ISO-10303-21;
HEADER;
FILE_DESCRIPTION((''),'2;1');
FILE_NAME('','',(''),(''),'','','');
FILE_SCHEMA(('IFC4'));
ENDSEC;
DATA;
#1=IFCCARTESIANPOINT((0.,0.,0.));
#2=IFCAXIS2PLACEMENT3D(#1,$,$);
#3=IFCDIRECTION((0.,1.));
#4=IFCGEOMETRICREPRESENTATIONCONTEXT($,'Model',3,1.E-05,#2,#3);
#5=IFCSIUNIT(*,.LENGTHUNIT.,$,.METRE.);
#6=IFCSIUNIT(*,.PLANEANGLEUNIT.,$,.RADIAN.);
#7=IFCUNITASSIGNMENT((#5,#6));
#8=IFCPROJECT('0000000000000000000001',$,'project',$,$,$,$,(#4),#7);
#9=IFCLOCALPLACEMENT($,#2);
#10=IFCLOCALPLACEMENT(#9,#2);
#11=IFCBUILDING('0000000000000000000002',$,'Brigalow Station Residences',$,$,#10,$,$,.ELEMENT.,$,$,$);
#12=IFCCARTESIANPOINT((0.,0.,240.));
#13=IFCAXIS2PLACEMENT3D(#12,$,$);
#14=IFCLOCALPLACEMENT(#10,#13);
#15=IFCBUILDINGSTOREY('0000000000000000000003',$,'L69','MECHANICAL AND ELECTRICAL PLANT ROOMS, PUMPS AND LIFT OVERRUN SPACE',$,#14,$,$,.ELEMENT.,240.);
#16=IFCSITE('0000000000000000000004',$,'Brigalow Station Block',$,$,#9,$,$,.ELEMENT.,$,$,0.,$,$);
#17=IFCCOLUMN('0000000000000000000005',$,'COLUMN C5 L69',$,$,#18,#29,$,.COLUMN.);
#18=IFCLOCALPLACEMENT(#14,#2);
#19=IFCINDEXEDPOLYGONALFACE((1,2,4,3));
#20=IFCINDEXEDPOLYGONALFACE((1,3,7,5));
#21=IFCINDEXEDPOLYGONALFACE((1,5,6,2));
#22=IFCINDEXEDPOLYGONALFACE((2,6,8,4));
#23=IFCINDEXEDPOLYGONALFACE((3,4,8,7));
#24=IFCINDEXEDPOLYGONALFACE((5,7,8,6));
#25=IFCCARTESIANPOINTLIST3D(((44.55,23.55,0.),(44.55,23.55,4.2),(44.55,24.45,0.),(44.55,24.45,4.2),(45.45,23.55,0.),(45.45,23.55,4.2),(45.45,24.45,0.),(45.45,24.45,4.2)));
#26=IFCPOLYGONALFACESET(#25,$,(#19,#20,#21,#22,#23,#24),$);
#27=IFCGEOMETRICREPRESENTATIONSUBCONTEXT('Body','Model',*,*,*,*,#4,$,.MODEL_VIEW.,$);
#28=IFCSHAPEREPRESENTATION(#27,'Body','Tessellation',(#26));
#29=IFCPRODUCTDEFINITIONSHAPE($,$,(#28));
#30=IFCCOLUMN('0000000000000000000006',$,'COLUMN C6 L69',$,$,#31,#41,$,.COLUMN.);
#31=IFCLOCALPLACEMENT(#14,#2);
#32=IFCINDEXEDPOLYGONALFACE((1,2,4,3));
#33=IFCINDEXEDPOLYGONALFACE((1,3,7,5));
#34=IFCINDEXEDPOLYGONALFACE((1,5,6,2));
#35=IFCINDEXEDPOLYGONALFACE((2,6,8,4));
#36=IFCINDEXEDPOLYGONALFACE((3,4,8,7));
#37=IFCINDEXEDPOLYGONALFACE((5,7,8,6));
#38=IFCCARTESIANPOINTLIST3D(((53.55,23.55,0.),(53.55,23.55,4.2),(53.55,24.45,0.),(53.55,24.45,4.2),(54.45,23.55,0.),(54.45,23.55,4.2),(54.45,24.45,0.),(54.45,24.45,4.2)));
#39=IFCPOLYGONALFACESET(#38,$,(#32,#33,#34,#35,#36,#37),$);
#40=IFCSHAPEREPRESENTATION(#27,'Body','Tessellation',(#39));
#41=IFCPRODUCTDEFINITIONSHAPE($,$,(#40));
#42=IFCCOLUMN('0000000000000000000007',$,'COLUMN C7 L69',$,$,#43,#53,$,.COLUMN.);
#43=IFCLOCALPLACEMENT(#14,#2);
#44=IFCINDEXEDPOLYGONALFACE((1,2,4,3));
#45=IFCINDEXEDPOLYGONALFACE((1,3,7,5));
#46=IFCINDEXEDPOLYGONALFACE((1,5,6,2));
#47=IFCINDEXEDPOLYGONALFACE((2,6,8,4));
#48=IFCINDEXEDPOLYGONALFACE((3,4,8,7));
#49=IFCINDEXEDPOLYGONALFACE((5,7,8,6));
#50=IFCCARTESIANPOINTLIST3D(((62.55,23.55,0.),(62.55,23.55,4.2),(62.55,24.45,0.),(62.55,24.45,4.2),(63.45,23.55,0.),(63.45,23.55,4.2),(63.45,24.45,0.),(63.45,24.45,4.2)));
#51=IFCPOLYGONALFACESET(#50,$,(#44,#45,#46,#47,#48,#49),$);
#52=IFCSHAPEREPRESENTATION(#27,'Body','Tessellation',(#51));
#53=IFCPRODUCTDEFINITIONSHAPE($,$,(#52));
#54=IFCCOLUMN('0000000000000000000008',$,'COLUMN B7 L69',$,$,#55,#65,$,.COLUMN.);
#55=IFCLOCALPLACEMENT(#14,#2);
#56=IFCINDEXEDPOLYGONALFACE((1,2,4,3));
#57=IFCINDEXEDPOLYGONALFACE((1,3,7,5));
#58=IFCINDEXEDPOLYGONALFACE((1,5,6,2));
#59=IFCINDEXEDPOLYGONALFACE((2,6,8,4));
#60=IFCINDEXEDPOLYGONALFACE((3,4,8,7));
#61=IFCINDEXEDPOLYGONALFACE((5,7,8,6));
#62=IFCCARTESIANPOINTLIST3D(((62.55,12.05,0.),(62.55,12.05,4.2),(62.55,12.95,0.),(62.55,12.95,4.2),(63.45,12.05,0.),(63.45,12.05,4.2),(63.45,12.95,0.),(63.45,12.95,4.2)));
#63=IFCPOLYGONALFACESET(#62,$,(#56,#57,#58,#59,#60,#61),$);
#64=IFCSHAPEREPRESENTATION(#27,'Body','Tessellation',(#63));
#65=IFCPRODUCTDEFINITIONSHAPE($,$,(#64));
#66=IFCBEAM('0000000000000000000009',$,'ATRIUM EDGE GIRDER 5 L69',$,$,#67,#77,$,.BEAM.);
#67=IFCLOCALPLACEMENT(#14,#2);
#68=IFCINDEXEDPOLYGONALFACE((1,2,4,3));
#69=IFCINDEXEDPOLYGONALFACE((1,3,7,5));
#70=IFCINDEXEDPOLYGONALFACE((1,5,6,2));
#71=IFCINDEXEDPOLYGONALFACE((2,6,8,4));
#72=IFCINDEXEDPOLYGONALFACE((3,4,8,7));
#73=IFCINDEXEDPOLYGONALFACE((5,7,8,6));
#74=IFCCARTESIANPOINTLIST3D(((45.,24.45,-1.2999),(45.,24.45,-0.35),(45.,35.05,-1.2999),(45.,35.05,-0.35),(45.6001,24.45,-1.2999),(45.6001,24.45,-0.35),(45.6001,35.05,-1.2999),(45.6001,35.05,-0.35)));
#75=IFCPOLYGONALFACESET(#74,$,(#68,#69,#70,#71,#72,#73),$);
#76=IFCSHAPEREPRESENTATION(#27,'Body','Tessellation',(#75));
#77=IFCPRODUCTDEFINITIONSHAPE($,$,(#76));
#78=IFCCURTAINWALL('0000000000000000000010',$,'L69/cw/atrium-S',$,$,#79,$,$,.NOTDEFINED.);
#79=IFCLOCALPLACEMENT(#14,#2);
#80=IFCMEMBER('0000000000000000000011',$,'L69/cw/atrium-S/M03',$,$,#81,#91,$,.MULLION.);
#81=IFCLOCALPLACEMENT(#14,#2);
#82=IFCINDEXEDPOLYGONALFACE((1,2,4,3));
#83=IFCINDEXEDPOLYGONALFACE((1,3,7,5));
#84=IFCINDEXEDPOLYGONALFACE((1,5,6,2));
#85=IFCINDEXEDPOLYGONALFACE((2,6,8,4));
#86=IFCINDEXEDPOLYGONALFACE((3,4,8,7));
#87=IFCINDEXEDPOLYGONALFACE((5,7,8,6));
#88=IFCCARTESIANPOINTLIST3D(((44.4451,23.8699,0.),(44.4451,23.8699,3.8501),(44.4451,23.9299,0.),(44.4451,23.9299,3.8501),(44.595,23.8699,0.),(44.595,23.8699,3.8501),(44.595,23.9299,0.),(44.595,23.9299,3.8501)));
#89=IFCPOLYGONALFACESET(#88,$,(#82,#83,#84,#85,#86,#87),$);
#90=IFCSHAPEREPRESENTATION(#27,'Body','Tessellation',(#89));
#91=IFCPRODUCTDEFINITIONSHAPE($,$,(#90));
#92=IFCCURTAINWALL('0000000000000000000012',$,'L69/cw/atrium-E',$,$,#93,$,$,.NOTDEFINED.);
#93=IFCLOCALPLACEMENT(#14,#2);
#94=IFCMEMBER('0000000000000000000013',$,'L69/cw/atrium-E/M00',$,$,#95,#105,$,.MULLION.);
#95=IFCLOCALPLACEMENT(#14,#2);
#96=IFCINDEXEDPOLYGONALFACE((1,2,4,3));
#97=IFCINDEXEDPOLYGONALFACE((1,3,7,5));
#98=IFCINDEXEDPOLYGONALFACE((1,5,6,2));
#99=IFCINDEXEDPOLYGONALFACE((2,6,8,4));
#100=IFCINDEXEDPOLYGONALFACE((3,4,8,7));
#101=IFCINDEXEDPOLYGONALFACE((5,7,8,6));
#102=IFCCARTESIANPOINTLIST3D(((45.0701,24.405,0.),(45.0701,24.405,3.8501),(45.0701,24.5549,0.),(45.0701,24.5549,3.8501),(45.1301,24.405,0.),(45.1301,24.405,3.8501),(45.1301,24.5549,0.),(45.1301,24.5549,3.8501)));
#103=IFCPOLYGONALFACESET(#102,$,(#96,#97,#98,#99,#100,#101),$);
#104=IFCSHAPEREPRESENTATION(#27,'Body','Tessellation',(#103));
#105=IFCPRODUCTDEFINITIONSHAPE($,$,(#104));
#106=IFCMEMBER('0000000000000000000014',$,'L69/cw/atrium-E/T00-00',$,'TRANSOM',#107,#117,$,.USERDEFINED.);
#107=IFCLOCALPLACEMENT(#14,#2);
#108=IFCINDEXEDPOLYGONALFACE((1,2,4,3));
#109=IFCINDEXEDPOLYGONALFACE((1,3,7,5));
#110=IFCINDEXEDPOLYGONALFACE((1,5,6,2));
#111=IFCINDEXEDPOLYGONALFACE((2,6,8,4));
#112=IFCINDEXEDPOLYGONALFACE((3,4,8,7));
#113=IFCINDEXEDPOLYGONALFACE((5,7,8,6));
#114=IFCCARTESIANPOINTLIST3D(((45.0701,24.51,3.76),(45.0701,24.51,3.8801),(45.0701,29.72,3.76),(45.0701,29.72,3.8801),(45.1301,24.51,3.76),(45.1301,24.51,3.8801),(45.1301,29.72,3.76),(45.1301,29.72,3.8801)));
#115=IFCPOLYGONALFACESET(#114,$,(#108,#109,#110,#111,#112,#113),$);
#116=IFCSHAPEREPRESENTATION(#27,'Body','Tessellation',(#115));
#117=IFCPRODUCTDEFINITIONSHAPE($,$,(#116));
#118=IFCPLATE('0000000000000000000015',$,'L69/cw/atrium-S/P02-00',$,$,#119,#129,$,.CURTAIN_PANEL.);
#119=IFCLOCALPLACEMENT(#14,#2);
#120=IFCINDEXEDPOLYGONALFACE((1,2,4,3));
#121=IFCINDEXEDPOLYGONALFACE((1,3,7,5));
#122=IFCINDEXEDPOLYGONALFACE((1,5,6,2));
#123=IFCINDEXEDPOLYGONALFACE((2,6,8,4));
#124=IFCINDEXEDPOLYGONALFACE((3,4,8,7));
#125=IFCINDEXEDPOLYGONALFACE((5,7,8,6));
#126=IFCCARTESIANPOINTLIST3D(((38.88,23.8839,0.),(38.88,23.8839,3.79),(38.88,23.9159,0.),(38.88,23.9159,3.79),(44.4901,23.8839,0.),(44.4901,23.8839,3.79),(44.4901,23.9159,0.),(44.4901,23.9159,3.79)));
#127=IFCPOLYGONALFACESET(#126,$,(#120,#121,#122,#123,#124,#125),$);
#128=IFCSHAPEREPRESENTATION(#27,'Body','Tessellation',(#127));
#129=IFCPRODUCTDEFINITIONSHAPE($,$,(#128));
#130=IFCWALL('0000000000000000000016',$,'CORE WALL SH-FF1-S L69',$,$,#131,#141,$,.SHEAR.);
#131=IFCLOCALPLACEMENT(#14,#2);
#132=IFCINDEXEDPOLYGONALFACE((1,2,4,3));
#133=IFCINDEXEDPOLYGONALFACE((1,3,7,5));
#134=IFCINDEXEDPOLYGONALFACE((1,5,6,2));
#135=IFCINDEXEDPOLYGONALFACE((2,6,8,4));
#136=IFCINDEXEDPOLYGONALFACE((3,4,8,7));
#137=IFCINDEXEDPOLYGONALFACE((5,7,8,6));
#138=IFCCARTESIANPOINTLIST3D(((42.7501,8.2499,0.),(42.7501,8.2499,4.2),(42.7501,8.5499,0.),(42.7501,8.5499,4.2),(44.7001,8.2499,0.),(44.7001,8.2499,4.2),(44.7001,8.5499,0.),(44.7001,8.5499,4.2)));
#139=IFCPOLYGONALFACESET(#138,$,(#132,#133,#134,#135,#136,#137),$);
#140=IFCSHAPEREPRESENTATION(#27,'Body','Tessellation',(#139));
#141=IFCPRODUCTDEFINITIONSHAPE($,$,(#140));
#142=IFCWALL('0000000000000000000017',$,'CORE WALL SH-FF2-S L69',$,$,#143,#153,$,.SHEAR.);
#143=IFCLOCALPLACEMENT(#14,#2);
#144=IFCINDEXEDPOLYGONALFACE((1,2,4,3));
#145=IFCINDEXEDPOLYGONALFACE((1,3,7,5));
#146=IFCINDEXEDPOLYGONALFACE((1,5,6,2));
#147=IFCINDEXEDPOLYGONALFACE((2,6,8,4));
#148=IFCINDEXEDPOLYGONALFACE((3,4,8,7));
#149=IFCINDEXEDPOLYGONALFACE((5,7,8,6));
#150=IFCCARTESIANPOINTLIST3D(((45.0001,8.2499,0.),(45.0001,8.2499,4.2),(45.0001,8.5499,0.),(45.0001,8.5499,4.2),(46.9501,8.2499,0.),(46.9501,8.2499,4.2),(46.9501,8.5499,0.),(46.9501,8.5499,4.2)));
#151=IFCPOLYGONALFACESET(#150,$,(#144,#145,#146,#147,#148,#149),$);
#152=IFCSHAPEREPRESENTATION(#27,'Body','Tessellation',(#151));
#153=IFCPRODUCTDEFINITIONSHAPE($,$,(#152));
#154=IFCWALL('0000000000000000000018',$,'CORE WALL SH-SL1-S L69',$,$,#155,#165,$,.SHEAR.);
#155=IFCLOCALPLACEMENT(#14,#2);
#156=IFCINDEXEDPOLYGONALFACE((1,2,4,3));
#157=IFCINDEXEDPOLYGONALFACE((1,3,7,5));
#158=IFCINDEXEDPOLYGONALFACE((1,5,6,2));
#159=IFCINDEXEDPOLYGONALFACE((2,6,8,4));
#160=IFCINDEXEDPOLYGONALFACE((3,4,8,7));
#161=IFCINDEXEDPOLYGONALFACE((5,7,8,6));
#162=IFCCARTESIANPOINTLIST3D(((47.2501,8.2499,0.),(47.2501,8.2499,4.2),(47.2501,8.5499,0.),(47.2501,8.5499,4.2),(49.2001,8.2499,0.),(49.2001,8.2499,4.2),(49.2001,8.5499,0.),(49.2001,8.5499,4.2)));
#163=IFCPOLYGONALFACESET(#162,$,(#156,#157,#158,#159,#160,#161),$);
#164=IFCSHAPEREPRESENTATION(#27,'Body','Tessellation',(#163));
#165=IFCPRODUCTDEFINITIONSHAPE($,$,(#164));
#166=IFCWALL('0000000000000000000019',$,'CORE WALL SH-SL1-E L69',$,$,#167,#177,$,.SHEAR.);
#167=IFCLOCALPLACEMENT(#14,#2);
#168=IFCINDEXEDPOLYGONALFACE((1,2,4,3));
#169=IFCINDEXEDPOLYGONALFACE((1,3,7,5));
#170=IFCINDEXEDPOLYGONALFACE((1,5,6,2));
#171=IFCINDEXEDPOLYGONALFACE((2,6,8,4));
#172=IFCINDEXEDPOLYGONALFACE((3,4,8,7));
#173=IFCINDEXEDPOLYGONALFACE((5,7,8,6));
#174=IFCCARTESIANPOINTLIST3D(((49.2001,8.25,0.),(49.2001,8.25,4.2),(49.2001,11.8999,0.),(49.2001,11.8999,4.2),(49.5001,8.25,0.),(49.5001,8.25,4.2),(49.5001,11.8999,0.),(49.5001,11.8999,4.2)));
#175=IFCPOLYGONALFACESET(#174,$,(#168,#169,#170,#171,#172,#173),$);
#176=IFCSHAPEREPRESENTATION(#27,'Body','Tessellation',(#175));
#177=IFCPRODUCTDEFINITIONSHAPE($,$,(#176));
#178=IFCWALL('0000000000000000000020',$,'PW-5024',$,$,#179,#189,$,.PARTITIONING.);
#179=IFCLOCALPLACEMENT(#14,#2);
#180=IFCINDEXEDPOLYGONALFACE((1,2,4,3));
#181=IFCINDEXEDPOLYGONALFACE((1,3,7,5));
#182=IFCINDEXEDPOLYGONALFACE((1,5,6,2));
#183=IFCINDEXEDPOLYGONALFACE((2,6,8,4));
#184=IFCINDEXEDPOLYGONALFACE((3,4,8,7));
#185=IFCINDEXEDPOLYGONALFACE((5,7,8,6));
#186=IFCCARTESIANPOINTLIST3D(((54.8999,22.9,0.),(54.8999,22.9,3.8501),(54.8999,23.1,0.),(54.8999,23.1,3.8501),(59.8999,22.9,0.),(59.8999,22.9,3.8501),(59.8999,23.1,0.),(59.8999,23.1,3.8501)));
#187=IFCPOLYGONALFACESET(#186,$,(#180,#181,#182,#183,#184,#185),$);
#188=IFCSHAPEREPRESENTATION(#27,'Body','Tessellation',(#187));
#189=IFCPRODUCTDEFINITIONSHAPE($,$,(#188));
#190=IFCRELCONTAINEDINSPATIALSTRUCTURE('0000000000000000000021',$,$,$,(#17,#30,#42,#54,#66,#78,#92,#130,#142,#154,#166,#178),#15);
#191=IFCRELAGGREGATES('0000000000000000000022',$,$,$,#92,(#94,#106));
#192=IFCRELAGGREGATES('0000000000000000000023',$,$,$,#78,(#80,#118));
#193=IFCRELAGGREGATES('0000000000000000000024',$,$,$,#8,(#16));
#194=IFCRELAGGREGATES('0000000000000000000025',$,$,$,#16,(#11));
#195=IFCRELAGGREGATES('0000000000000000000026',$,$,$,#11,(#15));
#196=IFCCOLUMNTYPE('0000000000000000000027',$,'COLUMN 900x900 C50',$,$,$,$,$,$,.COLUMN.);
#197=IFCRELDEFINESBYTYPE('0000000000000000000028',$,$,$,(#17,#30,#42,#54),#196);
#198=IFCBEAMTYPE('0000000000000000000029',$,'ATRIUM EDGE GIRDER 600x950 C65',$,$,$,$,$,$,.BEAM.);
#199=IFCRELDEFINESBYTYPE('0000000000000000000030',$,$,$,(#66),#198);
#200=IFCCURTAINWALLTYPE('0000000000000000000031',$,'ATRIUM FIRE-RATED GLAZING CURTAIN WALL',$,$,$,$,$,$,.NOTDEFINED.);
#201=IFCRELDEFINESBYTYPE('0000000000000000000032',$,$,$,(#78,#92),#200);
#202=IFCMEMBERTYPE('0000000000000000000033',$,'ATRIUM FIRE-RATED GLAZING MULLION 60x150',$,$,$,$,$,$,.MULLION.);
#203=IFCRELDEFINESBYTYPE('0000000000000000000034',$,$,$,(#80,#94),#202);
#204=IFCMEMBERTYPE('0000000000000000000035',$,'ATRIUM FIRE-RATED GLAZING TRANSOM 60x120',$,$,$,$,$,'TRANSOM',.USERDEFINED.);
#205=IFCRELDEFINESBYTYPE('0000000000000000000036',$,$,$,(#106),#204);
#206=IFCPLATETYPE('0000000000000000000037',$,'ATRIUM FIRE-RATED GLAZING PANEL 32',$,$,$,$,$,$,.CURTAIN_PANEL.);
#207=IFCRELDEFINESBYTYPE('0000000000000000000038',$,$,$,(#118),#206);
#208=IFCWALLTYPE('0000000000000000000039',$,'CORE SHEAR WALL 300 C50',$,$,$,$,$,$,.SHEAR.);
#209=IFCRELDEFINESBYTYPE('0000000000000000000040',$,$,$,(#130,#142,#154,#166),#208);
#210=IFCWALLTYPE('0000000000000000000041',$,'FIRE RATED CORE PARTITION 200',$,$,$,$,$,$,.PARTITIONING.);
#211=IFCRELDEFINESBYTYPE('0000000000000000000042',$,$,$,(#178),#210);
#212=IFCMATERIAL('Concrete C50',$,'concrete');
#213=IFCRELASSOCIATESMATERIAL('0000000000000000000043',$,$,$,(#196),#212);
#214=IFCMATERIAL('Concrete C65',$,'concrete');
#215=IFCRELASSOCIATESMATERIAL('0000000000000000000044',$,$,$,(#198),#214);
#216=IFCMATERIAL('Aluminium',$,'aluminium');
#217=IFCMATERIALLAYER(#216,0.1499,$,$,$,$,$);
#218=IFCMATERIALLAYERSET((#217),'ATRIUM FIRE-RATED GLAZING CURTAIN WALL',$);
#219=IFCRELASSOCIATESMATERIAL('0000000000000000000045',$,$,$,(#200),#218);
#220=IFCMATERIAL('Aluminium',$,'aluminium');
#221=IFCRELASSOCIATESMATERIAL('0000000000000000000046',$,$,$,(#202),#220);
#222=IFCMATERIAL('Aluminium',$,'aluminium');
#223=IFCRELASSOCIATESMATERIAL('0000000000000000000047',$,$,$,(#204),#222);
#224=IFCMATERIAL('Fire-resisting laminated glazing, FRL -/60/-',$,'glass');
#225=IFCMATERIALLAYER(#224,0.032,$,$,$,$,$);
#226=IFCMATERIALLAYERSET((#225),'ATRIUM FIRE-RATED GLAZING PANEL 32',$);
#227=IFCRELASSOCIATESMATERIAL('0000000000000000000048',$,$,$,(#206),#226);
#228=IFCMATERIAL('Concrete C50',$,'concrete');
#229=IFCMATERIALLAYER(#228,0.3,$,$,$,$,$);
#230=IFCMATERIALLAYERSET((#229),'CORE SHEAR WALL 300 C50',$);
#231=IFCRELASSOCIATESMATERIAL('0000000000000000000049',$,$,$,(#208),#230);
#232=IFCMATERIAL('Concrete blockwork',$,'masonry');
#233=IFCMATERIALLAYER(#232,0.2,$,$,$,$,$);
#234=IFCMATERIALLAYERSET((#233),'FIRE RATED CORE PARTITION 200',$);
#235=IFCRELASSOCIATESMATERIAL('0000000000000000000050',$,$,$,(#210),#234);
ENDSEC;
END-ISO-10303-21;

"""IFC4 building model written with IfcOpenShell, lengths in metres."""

from ifc_helpers import new_model, si_unit, direction, frame, frame_2d, origin, origin_2d, place, context, subcontext, project, spatial, rectangle, extrude, material, layer, layer_set, material_profile, profile_set, type_object, element, aggregate, save


model = new_model("IFC4")

# Units and contexts
model_context = context("Model", 3, precision=1e-05, world=origin(), true_north=direction((0.0, 1.0)))
body_context = subcontext(model_context, "Body", "Model", "MODEL_VIEW")
ifc_project = project(units=[si_unit("LENGTHUNIT", "METRE"), si_unit("PLANEANGLEUNIT", "RADIAN")], contexts=[model_context])

# Site, building, storey
site_placement = place(None, origin())
site = spatial("IfcSite", under=ifc_project, at=site_placement, Name="Brigalow Station Block", CompositionType="ELEMENT", RefElevation=0.0)
building_placement = place(site_placement, origin())
building = spatial("IfcBuilding", under=site, at=building_placement, Name="Brigalow Station Residences", CompositionType="ELEMENT")
storey_placement = place(building_placement, frame((0.0, 0.0, 240.0)))
storey = spatial("IfcBuildingStorey", under=building, at=storey_placement, Name="L69", Description="MECHANICAL AND ELECTRICAL PLANT ROOMS, PUMPS AND LIFT OVERRUN SPACE", CompositionType="ELEMENT", Elevation=240.0)

# Columns
ifc_material_1 = material(Name="Concrete C50", Category="concrete")
ifc_material_profile_1 = material_profile(ifc_material_1, rectangle(XDim=0.8999, YDim=0.8999, at=origin_2d()), Name="RC900x900")
ifc_profile_set_1 = profile_set([ifc_material_profile_1], Name="Concrete C50")
column_type = type_object("IfcColumnType", Name="COLUMN 900x900 C50", PredefinedType="COLUMN", material=ifc_profile_set_1)
for number, where, z_axis, x_axis, name in (
    (1, (45.0, 24.0, 0.0), (0.0, 0.0, 1.0), (1.0, 0.0, 0.0), "COLUMN C5 L69"),
    (2, (54.0, 24.0, 0.0), (0.0, 0.0, 1.0), (1.0, 0.0, 0.0), "COLUMN C6 L69"),
    (3, (63.0, 24.0, 0.0), (0.0, 0.0, 1.0), (1.0, 0.0, 0.0), "COLUMN C7 L69"),
    (4, (63.0, 12.5, 0.0), (0.0, 0.0, 1.0), (1.0, 0.0, 0.0), "COLUMN B7 L69"),
):
    element("IfcColumn", number, at=place(storey_placement, frame(where, z_axis=z_axis, x_axis=x_axis)), inside=storey, type_object=column_type, Name=name, PredefinedType="COLUMN", context=body_context, shape_type="SweptSolid", body=[
        extrude(rectangle(XDim=0.8999, YDim=0.8999, at=origin_2d()), origin(), (0.0, 0.0, 1.0), 4.2),
    ])

# Beam
ifc_material_2 = material(Name="Concrete C65", Category="concrete")
ifc_material_profile_2 = material_profile(ifc_material_2, rectangle(XDim=0.6001, YDim=0.95, at=origin_2d()), Name="RC600x950")
ifc_profile_set_2 = profile_set([ifc_material_profile_2], Name="Concrete C65")
beam_type = type_object("IfcBeamType", Name="ATRIUM EDGE GIRDER 600x950 C65", PredefinedType="BEAM", material=ifc_profile_set_2)
beam_placement = place(storey_placement, frame((45.3, 24.45, -0.825), z_axis=(0.0, 1.0, 0.0), x_axis=(-1.0, 0.0, 0.0)))
element("IfcBeam", 5, at=beam_placement, inside=storey, type_object=beam_type, Name="ATRIUM EDGE GIRDER 5 L69", PredefinedType="BEAM", context=body_context, shape_type="SweptSolid", body=[
    extrude(rectangle(XDim=0.6001, YDim=0.95, at=origin_2d()), origin(), (0.0, 0.0, 1.0), 10.6001),
])

# Curtain wall, member
ifc_material_3 = material(Name="Aluminium", Category="aluminium")
ifc_layer_1 = layer(ifc_material_3, 0.1499)
ifc_layer_set_1 = layer_set([ifc_layer_1], Name="ATRIUM FIRE-RATED GLAZING CURTAIN WALL")
curtain_wall_type = type_object("IfcCurtainWallType", Name="ATRIUM FIRE-RATED GLAZING CURTAIN WALL", PredefinedType="NOTDEFINED", material=ifc_layer_set_1)
curtain_wall_1_placement = place(storey_placement, origin())
curtain_wall_1 = element("IfcCurtainWall", 6, at=curtain_wall_1_placement, inside=storey, type_object=curtain_wall_type, Name="L69/cw/atrium-S", PredefinedType="NOTDEFINED")
ifc_material_4 = material(Name="Aluminium", Category="aluminium")
ifc_material_profile_3 = material_profile(ifc_material_4, rectangle(XDim=0.0601, YDim=0.1499, at=origin_2d()), Name="ATRIUM FIRE-RATED GLAZING MULLION 60x150")
ifc_profile_set_3 = profile_set([ifc_material_profile_3], Name="Aluminium")
member_type_1 = type_object("IfcMemberType", Name="ATRIUM FIRE-RATED GLAZING MULLION 60x150", PredefinedType="MULLION", material=ifc_profile_set_3)
member_1_placement = place(storey_placement, frame((44.52, 23.8999, 0.0), z_axis=(0.0, 0.0, 1.0), x_axis=(0.0, 1.0, 0.0)))
member_1 = element("IfcMember", 7, at=member_1_placement, type_object=member_type_1, Name="L69/cw/atrium-S/M03", PredefinedType="MULLION", context=body_context, shape_type="SweptSolid", body=[
    extrude(rectangle(XDim=0.0601, YDim=0.1499, at=origin_2d()), origin(), (0.0, 0.0, 1.0), 3.8501),
])

# Curtain wall, members
curtain_wall_2_placement = place(storey_placement, origin())
curtain_wall_2 = element("IfcCurtainWall", 8, at=curtain_wall_2_placement, inside=storey, type_object=curtain_wall_type, Name="L69/cw/atrium-E", PredefinedType="NOTDEFINED")
member_2_placement = place(storey_placement, frame((45.1001, 24.48, 0.0), z_axis=(0.0, 0.0, 1.0), x_axis=(-1.0, 0.0, 0.0)))
member_2 = element("IfcMember", 9, at=member_2_placement, type_object=member_type_1, Name="L69/cw/atrium-E/M00", PredefinedType="MULLION", context=body_context, shape_type="SweptSolid", body=[
    extrude(rectangle(XDim=0.0601, YDim=0.1499, at=origin_2d()), origin(), (0.0, 0.0, 1.0), 3.8501),
])
ifc_material_5 = material(Name="Aluminium", Category="aluminium")
ifc_material_profile_4 = material_profile(ifc_material_5, rectangle(XDim=0.0601, YDim=0.1201, at=origin_2d()), Name="ATRIUM FIRE-RATED GLAZING TRANSOM 60x120")
ifc_profile_set_4 = profile_set([ifc_material_profile_4], Name="Aluminium")
member_type_2 = type_object("IfcMemberType", Name="ATRIUM FIRE-RATED GLAZING TRANSOM 60x120", ElementType="TRANSOM", PredefinedType="USERDEFINED", material=ifc_profile_set_4)
member_3_placement = place(storey_placement, frame((45.1001, 24.51, 3.8201), z_axis=(0.0, 1.0, 0.0), x_axis=(-1.0, 0.0, 0.0)))
member_3 = element("IfcMember", 10, at=member_3_placement, type_object=member_type_2, Name="L69/cw/atrium-E/T00-00", ObjectType="TRANSOM", PredefinedType="USERDEFINED", context=body_context, shape_type="SweptSolid", body=[
    extrude(rectangle(XDim=0.0601, YDim=0.1201, at=origin_2d()), origin(), (0.0, 0.0, 1.0), 5.21),
])
aggregate(curtain_wall_2, [member_2, member_3])

# Plate
ifc_material_6 = material(Name="Fire-resisting laminated glazing, FRL -/60/-", Category="glass")
ifc_layer_2 = layer(ifc_material_6, 0.032)
ifc_layer_set_2 = layer_set([ifc_layer_2], Name="ATRIUM FIRE-RATED GLAZING PANEL 32")
plate_type = type_object("IfcPlateType", Name="ATRIUM FIRE-RATED GLAZING PANEL 32", PredefinedType="CURTAIN_PANEL", material=ifc_layer_set_2)
plate_placement = place(storey_placement, frame((41.6851, 23.8999, 0.0), z_axis=(0.0, 0.0, 1.0), x_axis=(1.0, 0.0, 0.0)))
plate = element("IfcPlate", 11, at=plate_placement, type_object=plate_type, Name="L69/cw/atrium-S/P02-00", PredefinedType="CURTAIN_PANEL", context=body_context, shape_type="SweptSolid", body=[
    extrude(rectangle(XDim=5.6101, YDim=0.032, at=origin_2d()), origin(), (0.0, 0.0, 1.0), 3.79),
])
aggregate(curtain_wall_1, [member_1, plate])

# Walls
ifc_material_7 = material(Name="Concrete C50", Category="concrete")
ifc_layer_3 = layer(ifc_material_7, 0.3)
ifc_layer_set_3 = layer_set([ifc_layer_3], Name="CORE SHEAR WALL 300 C50")
wall_type_1 = type_object("IfcWallType", Name="CORE SHEAR WALL 300 C50", PredefinedType="SHEAR", material=ifc_layer_set_3)
for number, where, z_axis, x_axis, name in (
    (12, (42.75, 8.3999, 0.0), (0.0, 0.0, 1.0), (1.0, 0.0, 0.0), "CORE WALL SH-FF1-S L69"),
    (13, (45.0, 8.3999, 0.0), (0.0, 0.0, 1.0), (1.0, 0.0, 0.0), "CORE WALL SH-FF2-S L69"),
    (14, (47.25, 8.3999, 0.0), (0.0, 0.0, 1.0), (1.0, 0.0, 0.0), "CORE WALL SH-SL1-S L69"),
):
    element("IfcWall", number, at=place(storey_placement, frame(where, z_axis=z_axis, x_axis=x_axis)), inside=storey, type_object=wall_type_1, Name=name, PredefinedType="SHEAR", context=body_context, shape_type="SweptSolid", body=[
        extrude(rectangle(XDim=1.95, YDim=0.3, at=frame_2d((0.9751, 0.0))), origin(), (0.0, 0.0, 1.0), 4.2),
    ])
wall_1_placement = place(storey_placement, frame((49.3501, 8.25, 0.0), z_axis=(0.0, 0.0, 1.0), x_axis=(0.0, 1.0, 0.0)))
element("IfcWall", 15, at=wall_1_placement, inside=storey, type_object=wall_type_1, Name="CORE WALL SH-SL1-E L69", PredefinedType="SHEAR", context=body_context, shape_type="SweptSolid", body=[
    extrude(rectangle(XDim=3.6499, YDim=0.3, at=frame_2d((1.825, 0.0))), origin(), (0.0, 0.0, 1.0), 4.2),
])
ifc_material_8 = material(Name="Concrete blockwork", Category="masonry")
ifc_layer_4 = layer(ifc_material_8, 0.2)
ifc_layer_set_4 = layer_set([ifc_layer_4], Name="FIRE RATED CORE PARTITION 200")
wall_type_2 = type_object("IfcWallType", Name="FIRE RATED CORE PARTITION 200", PredefinedType="PARTITIONING", material=ifc_layer_set_4)
wall_2_placement = place(storey_placement, frame((54.8999, 23.0, 0.0), z_axis=(0.0, 0.0, 1.0), x_axis=(1.0, 0.0, 0.0)))
element("IfcWall", 16, at=wall_2_placement, inside=storey, type_object=wall_type_2, Name="PW-5024", PredefinedType="PARTITIONING", context=body_context, shape_type="SweptSolid", body=[
    extrude(rectangle(XDim=5.0, YDim=0.2, at=frame_2d((2.5, 0.0))), origin(), (0.0, 0.0, 1.0), 3.8501),
])

save(model, "model.ifc")
